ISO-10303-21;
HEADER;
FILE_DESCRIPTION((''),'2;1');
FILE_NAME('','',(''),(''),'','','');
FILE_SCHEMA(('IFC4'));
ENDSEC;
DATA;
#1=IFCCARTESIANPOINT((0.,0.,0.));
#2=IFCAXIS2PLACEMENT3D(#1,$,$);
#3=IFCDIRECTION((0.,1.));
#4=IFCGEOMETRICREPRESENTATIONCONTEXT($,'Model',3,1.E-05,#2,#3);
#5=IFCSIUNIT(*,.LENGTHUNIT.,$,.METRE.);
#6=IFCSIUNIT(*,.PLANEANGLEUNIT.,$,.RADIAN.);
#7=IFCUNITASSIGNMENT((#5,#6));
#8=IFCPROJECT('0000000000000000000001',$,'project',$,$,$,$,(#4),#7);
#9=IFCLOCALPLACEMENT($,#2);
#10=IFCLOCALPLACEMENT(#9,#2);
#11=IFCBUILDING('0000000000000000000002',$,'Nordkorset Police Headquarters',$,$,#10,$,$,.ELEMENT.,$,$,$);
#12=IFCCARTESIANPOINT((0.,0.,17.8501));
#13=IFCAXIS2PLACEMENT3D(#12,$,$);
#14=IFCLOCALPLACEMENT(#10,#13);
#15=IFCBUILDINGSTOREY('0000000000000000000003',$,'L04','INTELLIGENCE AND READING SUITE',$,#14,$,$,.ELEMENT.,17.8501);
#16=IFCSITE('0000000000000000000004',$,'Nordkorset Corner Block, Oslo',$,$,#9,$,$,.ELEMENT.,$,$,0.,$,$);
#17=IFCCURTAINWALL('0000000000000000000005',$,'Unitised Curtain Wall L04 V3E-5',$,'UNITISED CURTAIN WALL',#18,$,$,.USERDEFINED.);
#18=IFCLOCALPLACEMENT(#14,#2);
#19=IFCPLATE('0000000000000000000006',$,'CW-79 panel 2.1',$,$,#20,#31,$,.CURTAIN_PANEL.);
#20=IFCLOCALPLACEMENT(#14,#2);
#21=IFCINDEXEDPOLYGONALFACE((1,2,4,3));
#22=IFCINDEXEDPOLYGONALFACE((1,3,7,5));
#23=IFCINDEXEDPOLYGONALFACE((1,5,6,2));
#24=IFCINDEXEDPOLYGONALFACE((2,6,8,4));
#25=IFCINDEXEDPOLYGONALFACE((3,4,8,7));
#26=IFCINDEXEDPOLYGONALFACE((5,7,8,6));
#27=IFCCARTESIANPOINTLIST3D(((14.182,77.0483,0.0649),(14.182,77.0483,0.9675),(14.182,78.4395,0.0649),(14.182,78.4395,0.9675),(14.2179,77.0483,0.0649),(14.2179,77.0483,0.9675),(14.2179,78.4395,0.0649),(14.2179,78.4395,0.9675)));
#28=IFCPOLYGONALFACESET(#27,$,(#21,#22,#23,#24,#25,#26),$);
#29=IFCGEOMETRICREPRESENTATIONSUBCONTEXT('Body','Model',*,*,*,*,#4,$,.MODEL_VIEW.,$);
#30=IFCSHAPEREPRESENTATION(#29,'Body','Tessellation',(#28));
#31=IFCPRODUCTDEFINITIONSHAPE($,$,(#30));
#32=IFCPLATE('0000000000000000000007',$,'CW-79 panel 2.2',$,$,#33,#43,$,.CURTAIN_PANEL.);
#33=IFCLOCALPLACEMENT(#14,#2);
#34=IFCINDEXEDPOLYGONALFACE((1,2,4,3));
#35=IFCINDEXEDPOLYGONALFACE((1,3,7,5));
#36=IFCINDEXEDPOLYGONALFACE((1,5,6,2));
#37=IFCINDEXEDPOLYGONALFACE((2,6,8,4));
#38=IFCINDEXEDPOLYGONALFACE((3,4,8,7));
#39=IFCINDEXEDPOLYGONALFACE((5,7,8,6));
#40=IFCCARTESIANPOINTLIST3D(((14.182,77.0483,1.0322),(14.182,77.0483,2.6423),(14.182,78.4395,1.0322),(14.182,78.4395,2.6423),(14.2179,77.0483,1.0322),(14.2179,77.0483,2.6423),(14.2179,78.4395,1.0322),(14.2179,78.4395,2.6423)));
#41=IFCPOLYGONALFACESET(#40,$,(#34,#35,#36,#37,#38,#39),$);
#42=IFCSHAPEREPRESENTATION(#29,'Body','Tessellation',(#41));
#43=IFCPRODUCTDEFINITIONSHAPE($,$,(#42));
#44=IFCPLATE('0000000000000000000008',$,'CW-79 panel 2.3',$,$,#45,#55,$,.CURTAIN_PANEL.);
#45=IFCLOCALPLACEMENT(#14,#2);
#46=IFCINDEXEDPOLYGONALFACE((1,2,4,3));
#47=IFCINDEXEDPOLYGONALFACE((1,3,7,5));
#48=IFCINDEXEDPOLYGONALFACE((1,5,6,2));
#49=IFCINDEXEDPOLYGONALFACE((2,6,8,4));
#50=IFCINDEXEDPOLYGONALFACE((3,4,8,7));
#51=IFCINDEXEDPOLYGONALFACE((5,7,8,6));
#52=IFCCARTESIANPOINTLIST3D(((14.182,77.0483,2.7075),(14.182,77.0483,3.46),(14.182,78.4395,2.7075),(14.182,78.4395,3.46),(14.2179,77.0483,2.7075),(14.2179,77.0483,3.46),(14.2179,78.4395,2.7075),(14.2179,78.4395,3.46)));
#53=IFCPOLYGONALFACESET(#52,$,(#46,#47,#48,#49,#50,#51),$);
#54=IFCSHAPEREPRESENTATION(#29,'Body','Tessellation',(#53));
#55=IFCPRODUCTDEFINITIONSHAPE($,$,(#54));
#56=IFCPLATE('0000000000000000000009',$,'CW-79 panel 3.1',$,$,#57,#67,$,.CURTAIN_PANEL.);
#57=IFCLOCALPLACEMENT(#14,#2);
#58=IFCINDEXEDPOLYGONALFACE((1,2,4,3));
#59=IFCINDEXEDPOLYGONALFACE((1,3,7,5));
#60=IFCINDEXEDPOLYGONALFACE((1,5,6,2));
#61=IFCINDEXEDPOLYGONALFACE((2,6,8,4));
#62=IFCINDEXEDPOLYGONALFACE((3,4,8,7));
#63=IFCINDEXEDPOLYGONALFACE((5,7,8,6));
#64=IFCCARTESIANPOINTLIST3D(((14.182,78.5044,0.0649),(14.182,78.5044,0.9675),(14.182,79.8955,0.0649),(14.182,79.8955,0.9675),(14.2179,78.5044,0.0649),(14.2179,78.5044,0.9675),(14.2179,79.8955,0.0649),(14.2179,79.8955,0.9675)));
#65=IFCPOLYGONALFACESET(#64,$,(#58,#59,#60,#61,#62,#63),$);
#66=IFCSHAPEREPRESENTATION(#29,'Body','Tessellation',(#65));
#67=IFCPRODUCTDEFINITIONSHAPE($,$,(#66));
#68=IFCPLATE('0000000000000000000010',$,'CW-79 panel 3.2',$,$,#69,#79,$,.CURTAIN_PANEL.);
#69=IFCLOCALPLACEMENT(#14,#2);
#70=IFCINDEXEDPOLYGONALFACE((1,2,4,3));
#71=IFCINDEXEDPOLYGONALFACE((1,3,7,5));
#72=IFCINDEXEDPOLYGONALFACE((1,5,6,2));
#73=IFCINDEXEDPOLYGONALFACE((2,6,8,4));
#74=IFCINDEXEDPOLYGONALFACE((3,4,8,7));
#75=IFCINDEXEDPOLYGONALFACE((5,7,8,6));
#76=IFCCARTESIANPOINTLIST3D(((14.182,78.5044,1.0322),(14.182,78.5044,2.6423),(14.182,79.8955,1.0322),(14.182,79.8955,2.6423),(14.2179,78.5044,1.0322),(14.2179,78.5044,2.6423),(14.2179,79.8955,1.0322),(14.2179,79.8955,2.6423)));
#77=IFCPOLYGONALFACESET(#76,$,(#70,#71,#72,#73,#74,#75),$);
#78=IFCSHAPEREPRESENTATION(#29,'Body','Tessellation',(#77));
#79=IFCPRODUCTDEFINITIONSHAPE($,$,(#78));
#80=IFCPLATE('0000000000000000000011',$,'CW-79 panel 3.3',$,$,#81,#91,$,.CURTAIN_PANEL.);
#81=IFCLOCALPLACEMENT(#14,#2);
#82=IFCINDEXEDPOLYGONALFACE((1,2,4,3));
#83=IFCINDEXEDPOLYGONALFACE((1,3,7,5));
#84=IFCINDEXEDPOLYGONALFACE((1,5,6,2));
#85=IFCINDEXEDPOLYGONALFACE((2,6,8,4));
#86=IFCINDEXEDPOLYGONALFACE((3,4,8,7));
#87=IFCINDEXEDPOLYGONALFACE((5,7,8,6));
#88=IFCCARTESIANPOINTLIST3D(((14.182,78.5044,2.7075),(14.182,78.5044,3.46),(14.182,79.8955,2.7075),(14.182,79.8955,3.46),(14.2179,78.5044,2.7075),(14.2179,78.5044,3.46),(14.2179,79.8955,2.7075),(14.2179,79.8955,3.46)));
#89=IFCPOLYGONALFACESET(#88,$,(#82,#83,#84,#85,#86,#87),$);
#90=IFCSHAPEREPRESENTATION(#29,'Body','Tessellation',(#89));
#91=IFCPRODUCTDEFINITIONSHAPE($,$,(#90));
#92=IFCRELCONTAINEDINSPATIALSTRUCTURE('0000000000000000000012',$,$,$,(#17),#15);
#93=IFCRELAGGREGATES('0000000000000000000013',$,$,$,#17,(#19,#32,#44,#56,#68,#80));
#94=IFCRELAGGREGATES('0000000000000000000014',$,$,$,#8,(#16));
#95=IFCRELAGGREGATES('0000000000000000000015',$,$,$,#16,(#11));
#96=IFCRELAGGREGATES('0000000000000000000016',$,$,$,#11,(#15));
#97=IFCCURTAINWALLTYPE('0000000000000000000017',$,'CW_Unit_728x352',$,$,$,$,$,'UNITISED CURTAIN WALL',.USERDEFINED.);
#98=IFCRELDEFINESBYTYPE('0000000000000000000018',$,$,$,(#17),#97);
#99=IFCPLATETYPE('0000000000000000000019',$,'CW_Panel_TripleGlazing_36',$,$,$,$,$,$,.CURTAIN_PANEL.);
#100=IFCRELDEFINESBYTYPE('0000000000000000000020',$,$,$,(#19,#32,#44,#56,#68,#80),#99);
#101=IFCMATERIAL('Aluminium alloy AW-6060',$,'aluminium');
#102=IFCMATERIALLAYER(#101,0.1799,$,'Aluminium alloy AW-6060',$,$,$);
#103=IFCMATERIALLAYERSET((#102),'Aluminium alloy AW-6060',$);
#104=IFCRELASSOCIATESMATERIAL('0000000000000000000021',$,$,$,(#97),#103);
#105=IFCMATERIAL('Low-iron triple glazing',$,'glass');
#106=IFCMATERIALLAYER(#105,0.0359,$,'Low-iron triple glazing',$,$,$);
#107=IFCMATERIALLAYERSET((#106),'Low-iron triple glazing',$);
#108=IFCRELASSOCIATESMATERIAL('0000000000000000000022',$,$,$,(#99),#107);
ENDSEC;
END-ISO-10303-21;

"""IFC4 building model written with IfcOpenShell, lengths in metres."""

from ifc_helpers import new_model, si_unit, direction, frame, origin, origin_2d, place, context, subcontext, project, spatial, rectangle, extrude, material, layer, layer_set, type_object, element, aggregate, save


model = new_model("IFC4")

# Units and contexts
model_context = context("Model", 3, precision=1e-05, world=origin(), true_north=direction((0.0, 1.0)))
body_context = subcontext(model_context, "Body", "Model", "MODEL_VIEW")
ifc_project = project(units=[si_unit("LENGTHUNIT", "METRE"), si_unit("PLANEANGLEUNIT", "RADIAN")], contexts=[model_context])

# Site, building, storey
site_placement = place(None, origin())
site = spatial("IfcSite", under=ifc_project, at=site_placement, Name="Nordkorset Corner Block, Oslo", CompositionType="ELEMENT", RefElevation=0.0)
building_placement = place(site_placement, origin())
building = spatial("IfcBuilding", under=site, at=building_placement, Name="Nordkorset Police Headquarters", CompositionType="ELEMENT")
storey_placement = place(building_placement, frame((0.0, 0.0, 17.8501)))
storey = spatial("IfcBuildingStorey", under=building, at=storey_placement, Name="L04", Description="INTELLIGENCE AND READING SUITE", CompositionType="ELEMENT", Elevation=17.8501)

# Curtain wall, plates
ifc_material_1 = material(Name="Aluminium alloy AW-6060", Category="aluminium")
ifc_layer_1 = layer(ifc_material_1, 0.1799, Name="Aluminium alloy AW-6060")
ifc_layer_set_1 = layer_set([ifc_layer_1], Name="Aluminium alloy AW-6060")
curtain_wall_type = type_object("IfcCurtainWallType", Name="CW_Unit_728x352", ElementType="UNITISED CURTAIN WALL", PredefinedType="USERDEFINED", material=ifc_layer_set_1)
curtain_wall_placement = place(storey_placement, origin())
curtain_wall = element("IfcCurtainWall", 1, at=curtain_wall_placement, inside=storey, type_object=curtain_wall_type, Name="Unitised Curtain Wall L04 V3E-5", ObjectType="UNITISED CURTAIN WALL", PredefinedType="USERDEFINED")
ifc_material_2 = material(Name="Low-iron triple glazing", Category="glass")
ifc_layer_2 = layer(ifc_material_2, 0.0359, Name="Low-iron triple glazing")
ifc_layer_set_2 = layer_set([ifc_layer_2], Name="Low-iron triple glazing")
plate_type = type_object("IfcPlateType", Name="CW_Panel_TripleGlazing_36", PredefinedType="CURTAIN_PANEL", material=ifc_layer_set_2)
plate_1_placement = place(storey_placement, frame((14.2, 77.7439, 0.0649), z_axis=(0.0, 0.0, 1.0), x_axis=(0.0, 1.0, 0.0)))
plate_1 = element("IfcPlate", 2, at=plate_1_placement, type_object=plate_type, Name="CW-79 panel 2.1", PredefinedType="CURTAIN_PANEL", context=body_context, shape_type="SweptSolid", body=[
    extrude(rectangle(XDim=1.3911, YDim=0.0359, at=origin_2d()), origin(), (0.0, 0.0, 1.0), 0.9026),
])
plate_2_placement = place(storey_placement, frame((14.2, 77.7439, 1.0322), z_axis=(0.0, 0.0, 1.0), x_axis=(0.0, 1.0, 0.0)))
plate_2 = element("IfcPlate", 3, at=plate_2_placement, type_object=plate_type, Name="CW-79 panel 2.2", PredefinedType="CURTAIN_PANEL", context=body_context, shape_type="SweptSolid", body=[
    extrude(rectangle(XDim=1.3911, YDim=0.0359, at=origin_2d()), origin(), (0.0, 0.0, 1.0), 1.6101),
])
plate_3_placement = place(storey_placement, frame((14.2, 77.7439, 2.7075), z_axis=(0.0, 0.0, 1.0), x_axis=(0.0, 1.0, 0.0)))
plate_3 = element("IfcPlate", 4, at=plate_3_placement, type_object=plate_type, Name="CW-79 panel 2.3", PredefinedType="CURTAIN_PANEL", context=body_context, shape_type="SweptSolid", body=[
    extrude(rectangle(XDim=1.3911, YDim=0.0359, at=origin_2d()), origin(), (0.0, 0.0, 1.0), 0.7524),
])
plate_4_placement = place(storey_placement, frame((14.2, 79.2, 0.0649), z_axis=(0.0, 0.0, 1.0), x_axis=(0.0, 1.0, 0.0)))
plate_4 = element("IfcPlate", 5, at=plate_4_placement, type_object=plate_type, Name="CW-79 panel 3.1", PredefinedType="CURTAIN_PANEL", context=body_context, shape_type="SweptSolid", body=[
    extrude(rectangle(XDim=1.3911, YDim=0.0359, at=origin_2d()), origin(), (0.0, 0.0, 1.0), 0.9026),
])
plate_5_placement = place(storey_placement, frame((14.2, 79.2, 1.0322), z_axis=(0.0, 0.0, 1.0), x_axis=(0.0, 1.0, 0.0)))
plate_5 = element("IfcPlate", 6, at=plate_5_placement, type_object=plate_type, Name="CW-79 panel 3.2", PredefinedType="CURTAIN_PANEL", context=body_context, shape_type="SweptSolid", body=[
    extrude(rectangle(XDim=1.3911, YDim=0.0359, at=origin_2d()), origin(), (0.0, 0.0, 1.0), 1.6101),
])
plate_6_placement = place(storey_placement, frame((14.2, 79.2, 2.7075), z_axis=(0.0, 0.0, 1.0), x_axis=(0.0, 1.0, 0.0)))
plate_6 = element("IfcPlate", 7, at=plate_6_placement, type_object=plate_type, Name="CW-79 panel 3.3", PredefinedType="CURTAIN_PANEL", context=body_context, shape_type="SweptSolid", body=[
    extrude(rectangle(XDim=1.3911, YDim=0.0359, at=origin_2d()), origin(), (0.0, 0.0, 1.0), 0.7524),
])
aggregate(curtain_wall, [plate_1, plate_2, plate_3, plate_4, plate_5, plate_6])

save(model, "model.ifc")
